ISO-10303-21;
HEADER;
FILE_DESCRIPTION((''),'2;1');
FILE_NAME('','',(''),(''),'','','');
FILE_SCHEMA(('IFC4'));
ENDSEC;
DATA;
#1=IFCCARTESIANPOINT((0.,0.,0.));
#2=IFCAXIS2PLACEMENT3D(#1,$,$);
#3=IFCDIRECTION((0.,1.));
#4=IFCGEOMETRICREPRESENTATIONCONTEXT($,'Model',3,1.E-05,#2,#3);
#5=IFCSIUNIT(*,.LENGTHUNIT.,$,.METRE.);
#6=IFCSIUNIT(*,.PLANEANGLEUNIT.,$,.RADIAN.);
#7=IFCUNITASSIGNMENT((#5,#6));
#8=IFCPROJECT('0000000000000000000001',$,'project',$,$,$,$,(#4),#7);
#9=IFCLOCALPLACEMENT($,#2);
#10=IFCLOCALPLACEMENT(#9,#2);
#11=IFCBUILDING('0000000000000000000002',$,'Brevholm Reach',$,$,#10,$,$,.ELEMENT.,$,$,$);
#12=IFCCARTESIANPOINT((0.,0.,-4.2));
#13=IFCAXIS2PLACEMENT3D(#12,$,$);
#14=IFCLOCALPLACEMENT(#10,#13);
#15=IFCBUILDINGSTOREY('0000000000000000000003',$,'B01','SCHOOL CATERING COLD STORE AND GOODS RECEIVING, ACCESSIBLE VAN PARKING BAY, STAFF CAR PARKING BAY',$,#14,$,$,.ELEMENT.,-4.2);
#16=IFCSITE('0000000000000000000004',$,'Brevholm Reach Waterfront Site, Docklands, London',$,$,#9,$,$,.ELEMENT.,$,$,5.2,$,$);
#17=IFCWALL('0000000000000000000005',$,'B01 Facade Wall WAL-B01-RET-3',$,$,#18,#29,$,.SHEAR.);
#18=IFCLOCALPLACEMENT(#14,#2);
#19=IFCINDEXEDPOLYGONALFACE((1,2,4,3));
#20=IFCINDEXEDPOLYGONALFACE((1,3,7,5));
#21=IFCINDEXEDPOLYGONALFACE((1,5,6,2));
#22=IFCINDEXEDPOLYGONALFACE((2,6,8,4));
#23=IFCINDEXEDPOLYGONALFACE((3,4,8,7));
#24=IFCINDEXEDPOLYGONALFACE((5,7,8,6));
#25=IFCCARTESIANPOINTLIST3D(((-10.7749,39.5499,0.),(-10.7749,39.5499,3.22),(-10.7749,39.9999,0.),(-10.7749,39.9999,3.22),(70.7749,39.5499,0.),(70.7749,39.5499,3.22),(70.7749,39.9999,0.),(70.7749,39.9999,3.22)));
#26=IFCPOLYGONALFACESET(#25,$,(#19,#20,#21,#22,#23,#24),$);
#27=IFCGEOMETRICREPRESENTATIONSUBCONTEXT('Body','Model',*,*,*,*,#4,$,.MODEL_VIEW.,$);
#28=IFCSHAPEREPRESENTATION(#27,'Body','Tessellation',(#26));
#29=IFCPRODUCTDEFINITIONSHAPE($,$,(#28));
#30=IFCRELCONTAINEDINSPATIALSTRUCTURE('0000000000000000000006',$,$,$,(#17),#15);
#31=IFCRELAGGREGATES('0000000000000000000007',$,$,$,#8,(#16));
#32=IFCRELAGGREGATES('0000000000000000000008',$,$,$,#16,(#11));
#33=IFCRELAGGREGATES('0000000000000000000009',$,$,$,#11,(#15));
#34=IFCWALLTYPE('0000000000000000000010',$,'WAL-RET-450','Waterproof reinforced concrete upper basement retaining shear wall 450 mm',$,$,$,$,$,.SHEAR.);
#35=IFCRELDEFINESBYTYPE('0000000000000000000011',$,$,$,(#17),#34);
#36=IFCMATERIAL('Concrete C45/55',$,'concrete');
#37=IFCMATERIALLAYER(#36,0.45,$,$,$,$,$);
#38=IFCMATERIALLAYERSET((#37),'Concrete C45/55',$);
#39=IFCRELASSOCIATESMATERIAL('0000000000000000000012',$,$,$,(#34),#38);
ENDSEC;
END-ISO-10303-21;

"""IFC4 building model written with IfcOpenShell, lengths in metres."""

from ifc_helpers import new_model, si_unit, direction, frame, frame_2d, origin, place, context, subcontext, project, spatial, rectangle, extrude, material, layer, layer_set, type_object, element, save


model = new_model("IFC4")

# Units and contexts
model_context = context("Model", 3, precision=1e-05, world=origin(), true_north=direction((0.0, 1.0)))
body_context = subcontext(model_context, "Body", "Model", "MODEL_VIEW")
ifc_project = project(units=[si_unit("LENGTHUNIT", "METRE"), si_unit("PLANEANGLEUNIT", "RADIAN")], contexts=[model_context])

# Site, building, storey
site_placement = place(None, origin())
site = spatial("IfcSite", under=ifc_project, at=site_placement, Name="Brevholm Reach Waterfront Site, Docklands, London", CompositionType="ELEMENT", RefElevation=5.2)
building_placement = place(site_placement, origin())
building = spatial("IfcBuilding", under=site, at=building_placement, Name="Brevholm Reach", CompositionType="ELEMENT")
storey_placement = place(building_placement, frame((0.0, 0.0, -4.2)))
storey = spatial("IfcBuildingStorey", under=building, at=storey_placement, Name="B01", Description="SCHOOL CATERING COLD STORE AND GOODS RECEIVING, ACCESSIBLE VAN PARKING BAY, STAFF CAR PARKING BAY", CompositionType="ELEMENT", Elevation=-4.2)

# Wall
ifc_material_1 = material(Name="Concrete C45/55", Category="concrete")
ifc_layer_1 = layer(ifc_material_1, 0.45)
ifc_layer_set_1 = layer_set([ifc_layer_1], Name="Concrete C45/55")
wall_type_1 = type_object("IfcWallType", Name="WAL-RET-450", Description="Waterproof reinforced concrete upper basement retaining shear wall 450 mm", PredefinedType="SHEAR", material=ifc_layer_set_1)
wall_1_placement = place(storey_placement, frame((70.7749, 39.7749, 0.0), z_axis=(0.0, 0.0, 1.0), x_axis=(-1.0, 0.0, 0.0)))
element("IfcWall", 1, at=wall_1_placement, inside=storey, type_object=wall_type_1, Name="B01 Facade Wall WAL-B01-RET-3", PredefinedType="SHEAR", context=body_context, shape_type="SweptSolid", body=[
    extrude(rectangle(XDim=81.5498, YDim=0.45, at=frame_2d((40.7749, 0.0))), origin(), (0.0, 0.0, 1.0), 3.22),
])

save(model, "model.ifc")
